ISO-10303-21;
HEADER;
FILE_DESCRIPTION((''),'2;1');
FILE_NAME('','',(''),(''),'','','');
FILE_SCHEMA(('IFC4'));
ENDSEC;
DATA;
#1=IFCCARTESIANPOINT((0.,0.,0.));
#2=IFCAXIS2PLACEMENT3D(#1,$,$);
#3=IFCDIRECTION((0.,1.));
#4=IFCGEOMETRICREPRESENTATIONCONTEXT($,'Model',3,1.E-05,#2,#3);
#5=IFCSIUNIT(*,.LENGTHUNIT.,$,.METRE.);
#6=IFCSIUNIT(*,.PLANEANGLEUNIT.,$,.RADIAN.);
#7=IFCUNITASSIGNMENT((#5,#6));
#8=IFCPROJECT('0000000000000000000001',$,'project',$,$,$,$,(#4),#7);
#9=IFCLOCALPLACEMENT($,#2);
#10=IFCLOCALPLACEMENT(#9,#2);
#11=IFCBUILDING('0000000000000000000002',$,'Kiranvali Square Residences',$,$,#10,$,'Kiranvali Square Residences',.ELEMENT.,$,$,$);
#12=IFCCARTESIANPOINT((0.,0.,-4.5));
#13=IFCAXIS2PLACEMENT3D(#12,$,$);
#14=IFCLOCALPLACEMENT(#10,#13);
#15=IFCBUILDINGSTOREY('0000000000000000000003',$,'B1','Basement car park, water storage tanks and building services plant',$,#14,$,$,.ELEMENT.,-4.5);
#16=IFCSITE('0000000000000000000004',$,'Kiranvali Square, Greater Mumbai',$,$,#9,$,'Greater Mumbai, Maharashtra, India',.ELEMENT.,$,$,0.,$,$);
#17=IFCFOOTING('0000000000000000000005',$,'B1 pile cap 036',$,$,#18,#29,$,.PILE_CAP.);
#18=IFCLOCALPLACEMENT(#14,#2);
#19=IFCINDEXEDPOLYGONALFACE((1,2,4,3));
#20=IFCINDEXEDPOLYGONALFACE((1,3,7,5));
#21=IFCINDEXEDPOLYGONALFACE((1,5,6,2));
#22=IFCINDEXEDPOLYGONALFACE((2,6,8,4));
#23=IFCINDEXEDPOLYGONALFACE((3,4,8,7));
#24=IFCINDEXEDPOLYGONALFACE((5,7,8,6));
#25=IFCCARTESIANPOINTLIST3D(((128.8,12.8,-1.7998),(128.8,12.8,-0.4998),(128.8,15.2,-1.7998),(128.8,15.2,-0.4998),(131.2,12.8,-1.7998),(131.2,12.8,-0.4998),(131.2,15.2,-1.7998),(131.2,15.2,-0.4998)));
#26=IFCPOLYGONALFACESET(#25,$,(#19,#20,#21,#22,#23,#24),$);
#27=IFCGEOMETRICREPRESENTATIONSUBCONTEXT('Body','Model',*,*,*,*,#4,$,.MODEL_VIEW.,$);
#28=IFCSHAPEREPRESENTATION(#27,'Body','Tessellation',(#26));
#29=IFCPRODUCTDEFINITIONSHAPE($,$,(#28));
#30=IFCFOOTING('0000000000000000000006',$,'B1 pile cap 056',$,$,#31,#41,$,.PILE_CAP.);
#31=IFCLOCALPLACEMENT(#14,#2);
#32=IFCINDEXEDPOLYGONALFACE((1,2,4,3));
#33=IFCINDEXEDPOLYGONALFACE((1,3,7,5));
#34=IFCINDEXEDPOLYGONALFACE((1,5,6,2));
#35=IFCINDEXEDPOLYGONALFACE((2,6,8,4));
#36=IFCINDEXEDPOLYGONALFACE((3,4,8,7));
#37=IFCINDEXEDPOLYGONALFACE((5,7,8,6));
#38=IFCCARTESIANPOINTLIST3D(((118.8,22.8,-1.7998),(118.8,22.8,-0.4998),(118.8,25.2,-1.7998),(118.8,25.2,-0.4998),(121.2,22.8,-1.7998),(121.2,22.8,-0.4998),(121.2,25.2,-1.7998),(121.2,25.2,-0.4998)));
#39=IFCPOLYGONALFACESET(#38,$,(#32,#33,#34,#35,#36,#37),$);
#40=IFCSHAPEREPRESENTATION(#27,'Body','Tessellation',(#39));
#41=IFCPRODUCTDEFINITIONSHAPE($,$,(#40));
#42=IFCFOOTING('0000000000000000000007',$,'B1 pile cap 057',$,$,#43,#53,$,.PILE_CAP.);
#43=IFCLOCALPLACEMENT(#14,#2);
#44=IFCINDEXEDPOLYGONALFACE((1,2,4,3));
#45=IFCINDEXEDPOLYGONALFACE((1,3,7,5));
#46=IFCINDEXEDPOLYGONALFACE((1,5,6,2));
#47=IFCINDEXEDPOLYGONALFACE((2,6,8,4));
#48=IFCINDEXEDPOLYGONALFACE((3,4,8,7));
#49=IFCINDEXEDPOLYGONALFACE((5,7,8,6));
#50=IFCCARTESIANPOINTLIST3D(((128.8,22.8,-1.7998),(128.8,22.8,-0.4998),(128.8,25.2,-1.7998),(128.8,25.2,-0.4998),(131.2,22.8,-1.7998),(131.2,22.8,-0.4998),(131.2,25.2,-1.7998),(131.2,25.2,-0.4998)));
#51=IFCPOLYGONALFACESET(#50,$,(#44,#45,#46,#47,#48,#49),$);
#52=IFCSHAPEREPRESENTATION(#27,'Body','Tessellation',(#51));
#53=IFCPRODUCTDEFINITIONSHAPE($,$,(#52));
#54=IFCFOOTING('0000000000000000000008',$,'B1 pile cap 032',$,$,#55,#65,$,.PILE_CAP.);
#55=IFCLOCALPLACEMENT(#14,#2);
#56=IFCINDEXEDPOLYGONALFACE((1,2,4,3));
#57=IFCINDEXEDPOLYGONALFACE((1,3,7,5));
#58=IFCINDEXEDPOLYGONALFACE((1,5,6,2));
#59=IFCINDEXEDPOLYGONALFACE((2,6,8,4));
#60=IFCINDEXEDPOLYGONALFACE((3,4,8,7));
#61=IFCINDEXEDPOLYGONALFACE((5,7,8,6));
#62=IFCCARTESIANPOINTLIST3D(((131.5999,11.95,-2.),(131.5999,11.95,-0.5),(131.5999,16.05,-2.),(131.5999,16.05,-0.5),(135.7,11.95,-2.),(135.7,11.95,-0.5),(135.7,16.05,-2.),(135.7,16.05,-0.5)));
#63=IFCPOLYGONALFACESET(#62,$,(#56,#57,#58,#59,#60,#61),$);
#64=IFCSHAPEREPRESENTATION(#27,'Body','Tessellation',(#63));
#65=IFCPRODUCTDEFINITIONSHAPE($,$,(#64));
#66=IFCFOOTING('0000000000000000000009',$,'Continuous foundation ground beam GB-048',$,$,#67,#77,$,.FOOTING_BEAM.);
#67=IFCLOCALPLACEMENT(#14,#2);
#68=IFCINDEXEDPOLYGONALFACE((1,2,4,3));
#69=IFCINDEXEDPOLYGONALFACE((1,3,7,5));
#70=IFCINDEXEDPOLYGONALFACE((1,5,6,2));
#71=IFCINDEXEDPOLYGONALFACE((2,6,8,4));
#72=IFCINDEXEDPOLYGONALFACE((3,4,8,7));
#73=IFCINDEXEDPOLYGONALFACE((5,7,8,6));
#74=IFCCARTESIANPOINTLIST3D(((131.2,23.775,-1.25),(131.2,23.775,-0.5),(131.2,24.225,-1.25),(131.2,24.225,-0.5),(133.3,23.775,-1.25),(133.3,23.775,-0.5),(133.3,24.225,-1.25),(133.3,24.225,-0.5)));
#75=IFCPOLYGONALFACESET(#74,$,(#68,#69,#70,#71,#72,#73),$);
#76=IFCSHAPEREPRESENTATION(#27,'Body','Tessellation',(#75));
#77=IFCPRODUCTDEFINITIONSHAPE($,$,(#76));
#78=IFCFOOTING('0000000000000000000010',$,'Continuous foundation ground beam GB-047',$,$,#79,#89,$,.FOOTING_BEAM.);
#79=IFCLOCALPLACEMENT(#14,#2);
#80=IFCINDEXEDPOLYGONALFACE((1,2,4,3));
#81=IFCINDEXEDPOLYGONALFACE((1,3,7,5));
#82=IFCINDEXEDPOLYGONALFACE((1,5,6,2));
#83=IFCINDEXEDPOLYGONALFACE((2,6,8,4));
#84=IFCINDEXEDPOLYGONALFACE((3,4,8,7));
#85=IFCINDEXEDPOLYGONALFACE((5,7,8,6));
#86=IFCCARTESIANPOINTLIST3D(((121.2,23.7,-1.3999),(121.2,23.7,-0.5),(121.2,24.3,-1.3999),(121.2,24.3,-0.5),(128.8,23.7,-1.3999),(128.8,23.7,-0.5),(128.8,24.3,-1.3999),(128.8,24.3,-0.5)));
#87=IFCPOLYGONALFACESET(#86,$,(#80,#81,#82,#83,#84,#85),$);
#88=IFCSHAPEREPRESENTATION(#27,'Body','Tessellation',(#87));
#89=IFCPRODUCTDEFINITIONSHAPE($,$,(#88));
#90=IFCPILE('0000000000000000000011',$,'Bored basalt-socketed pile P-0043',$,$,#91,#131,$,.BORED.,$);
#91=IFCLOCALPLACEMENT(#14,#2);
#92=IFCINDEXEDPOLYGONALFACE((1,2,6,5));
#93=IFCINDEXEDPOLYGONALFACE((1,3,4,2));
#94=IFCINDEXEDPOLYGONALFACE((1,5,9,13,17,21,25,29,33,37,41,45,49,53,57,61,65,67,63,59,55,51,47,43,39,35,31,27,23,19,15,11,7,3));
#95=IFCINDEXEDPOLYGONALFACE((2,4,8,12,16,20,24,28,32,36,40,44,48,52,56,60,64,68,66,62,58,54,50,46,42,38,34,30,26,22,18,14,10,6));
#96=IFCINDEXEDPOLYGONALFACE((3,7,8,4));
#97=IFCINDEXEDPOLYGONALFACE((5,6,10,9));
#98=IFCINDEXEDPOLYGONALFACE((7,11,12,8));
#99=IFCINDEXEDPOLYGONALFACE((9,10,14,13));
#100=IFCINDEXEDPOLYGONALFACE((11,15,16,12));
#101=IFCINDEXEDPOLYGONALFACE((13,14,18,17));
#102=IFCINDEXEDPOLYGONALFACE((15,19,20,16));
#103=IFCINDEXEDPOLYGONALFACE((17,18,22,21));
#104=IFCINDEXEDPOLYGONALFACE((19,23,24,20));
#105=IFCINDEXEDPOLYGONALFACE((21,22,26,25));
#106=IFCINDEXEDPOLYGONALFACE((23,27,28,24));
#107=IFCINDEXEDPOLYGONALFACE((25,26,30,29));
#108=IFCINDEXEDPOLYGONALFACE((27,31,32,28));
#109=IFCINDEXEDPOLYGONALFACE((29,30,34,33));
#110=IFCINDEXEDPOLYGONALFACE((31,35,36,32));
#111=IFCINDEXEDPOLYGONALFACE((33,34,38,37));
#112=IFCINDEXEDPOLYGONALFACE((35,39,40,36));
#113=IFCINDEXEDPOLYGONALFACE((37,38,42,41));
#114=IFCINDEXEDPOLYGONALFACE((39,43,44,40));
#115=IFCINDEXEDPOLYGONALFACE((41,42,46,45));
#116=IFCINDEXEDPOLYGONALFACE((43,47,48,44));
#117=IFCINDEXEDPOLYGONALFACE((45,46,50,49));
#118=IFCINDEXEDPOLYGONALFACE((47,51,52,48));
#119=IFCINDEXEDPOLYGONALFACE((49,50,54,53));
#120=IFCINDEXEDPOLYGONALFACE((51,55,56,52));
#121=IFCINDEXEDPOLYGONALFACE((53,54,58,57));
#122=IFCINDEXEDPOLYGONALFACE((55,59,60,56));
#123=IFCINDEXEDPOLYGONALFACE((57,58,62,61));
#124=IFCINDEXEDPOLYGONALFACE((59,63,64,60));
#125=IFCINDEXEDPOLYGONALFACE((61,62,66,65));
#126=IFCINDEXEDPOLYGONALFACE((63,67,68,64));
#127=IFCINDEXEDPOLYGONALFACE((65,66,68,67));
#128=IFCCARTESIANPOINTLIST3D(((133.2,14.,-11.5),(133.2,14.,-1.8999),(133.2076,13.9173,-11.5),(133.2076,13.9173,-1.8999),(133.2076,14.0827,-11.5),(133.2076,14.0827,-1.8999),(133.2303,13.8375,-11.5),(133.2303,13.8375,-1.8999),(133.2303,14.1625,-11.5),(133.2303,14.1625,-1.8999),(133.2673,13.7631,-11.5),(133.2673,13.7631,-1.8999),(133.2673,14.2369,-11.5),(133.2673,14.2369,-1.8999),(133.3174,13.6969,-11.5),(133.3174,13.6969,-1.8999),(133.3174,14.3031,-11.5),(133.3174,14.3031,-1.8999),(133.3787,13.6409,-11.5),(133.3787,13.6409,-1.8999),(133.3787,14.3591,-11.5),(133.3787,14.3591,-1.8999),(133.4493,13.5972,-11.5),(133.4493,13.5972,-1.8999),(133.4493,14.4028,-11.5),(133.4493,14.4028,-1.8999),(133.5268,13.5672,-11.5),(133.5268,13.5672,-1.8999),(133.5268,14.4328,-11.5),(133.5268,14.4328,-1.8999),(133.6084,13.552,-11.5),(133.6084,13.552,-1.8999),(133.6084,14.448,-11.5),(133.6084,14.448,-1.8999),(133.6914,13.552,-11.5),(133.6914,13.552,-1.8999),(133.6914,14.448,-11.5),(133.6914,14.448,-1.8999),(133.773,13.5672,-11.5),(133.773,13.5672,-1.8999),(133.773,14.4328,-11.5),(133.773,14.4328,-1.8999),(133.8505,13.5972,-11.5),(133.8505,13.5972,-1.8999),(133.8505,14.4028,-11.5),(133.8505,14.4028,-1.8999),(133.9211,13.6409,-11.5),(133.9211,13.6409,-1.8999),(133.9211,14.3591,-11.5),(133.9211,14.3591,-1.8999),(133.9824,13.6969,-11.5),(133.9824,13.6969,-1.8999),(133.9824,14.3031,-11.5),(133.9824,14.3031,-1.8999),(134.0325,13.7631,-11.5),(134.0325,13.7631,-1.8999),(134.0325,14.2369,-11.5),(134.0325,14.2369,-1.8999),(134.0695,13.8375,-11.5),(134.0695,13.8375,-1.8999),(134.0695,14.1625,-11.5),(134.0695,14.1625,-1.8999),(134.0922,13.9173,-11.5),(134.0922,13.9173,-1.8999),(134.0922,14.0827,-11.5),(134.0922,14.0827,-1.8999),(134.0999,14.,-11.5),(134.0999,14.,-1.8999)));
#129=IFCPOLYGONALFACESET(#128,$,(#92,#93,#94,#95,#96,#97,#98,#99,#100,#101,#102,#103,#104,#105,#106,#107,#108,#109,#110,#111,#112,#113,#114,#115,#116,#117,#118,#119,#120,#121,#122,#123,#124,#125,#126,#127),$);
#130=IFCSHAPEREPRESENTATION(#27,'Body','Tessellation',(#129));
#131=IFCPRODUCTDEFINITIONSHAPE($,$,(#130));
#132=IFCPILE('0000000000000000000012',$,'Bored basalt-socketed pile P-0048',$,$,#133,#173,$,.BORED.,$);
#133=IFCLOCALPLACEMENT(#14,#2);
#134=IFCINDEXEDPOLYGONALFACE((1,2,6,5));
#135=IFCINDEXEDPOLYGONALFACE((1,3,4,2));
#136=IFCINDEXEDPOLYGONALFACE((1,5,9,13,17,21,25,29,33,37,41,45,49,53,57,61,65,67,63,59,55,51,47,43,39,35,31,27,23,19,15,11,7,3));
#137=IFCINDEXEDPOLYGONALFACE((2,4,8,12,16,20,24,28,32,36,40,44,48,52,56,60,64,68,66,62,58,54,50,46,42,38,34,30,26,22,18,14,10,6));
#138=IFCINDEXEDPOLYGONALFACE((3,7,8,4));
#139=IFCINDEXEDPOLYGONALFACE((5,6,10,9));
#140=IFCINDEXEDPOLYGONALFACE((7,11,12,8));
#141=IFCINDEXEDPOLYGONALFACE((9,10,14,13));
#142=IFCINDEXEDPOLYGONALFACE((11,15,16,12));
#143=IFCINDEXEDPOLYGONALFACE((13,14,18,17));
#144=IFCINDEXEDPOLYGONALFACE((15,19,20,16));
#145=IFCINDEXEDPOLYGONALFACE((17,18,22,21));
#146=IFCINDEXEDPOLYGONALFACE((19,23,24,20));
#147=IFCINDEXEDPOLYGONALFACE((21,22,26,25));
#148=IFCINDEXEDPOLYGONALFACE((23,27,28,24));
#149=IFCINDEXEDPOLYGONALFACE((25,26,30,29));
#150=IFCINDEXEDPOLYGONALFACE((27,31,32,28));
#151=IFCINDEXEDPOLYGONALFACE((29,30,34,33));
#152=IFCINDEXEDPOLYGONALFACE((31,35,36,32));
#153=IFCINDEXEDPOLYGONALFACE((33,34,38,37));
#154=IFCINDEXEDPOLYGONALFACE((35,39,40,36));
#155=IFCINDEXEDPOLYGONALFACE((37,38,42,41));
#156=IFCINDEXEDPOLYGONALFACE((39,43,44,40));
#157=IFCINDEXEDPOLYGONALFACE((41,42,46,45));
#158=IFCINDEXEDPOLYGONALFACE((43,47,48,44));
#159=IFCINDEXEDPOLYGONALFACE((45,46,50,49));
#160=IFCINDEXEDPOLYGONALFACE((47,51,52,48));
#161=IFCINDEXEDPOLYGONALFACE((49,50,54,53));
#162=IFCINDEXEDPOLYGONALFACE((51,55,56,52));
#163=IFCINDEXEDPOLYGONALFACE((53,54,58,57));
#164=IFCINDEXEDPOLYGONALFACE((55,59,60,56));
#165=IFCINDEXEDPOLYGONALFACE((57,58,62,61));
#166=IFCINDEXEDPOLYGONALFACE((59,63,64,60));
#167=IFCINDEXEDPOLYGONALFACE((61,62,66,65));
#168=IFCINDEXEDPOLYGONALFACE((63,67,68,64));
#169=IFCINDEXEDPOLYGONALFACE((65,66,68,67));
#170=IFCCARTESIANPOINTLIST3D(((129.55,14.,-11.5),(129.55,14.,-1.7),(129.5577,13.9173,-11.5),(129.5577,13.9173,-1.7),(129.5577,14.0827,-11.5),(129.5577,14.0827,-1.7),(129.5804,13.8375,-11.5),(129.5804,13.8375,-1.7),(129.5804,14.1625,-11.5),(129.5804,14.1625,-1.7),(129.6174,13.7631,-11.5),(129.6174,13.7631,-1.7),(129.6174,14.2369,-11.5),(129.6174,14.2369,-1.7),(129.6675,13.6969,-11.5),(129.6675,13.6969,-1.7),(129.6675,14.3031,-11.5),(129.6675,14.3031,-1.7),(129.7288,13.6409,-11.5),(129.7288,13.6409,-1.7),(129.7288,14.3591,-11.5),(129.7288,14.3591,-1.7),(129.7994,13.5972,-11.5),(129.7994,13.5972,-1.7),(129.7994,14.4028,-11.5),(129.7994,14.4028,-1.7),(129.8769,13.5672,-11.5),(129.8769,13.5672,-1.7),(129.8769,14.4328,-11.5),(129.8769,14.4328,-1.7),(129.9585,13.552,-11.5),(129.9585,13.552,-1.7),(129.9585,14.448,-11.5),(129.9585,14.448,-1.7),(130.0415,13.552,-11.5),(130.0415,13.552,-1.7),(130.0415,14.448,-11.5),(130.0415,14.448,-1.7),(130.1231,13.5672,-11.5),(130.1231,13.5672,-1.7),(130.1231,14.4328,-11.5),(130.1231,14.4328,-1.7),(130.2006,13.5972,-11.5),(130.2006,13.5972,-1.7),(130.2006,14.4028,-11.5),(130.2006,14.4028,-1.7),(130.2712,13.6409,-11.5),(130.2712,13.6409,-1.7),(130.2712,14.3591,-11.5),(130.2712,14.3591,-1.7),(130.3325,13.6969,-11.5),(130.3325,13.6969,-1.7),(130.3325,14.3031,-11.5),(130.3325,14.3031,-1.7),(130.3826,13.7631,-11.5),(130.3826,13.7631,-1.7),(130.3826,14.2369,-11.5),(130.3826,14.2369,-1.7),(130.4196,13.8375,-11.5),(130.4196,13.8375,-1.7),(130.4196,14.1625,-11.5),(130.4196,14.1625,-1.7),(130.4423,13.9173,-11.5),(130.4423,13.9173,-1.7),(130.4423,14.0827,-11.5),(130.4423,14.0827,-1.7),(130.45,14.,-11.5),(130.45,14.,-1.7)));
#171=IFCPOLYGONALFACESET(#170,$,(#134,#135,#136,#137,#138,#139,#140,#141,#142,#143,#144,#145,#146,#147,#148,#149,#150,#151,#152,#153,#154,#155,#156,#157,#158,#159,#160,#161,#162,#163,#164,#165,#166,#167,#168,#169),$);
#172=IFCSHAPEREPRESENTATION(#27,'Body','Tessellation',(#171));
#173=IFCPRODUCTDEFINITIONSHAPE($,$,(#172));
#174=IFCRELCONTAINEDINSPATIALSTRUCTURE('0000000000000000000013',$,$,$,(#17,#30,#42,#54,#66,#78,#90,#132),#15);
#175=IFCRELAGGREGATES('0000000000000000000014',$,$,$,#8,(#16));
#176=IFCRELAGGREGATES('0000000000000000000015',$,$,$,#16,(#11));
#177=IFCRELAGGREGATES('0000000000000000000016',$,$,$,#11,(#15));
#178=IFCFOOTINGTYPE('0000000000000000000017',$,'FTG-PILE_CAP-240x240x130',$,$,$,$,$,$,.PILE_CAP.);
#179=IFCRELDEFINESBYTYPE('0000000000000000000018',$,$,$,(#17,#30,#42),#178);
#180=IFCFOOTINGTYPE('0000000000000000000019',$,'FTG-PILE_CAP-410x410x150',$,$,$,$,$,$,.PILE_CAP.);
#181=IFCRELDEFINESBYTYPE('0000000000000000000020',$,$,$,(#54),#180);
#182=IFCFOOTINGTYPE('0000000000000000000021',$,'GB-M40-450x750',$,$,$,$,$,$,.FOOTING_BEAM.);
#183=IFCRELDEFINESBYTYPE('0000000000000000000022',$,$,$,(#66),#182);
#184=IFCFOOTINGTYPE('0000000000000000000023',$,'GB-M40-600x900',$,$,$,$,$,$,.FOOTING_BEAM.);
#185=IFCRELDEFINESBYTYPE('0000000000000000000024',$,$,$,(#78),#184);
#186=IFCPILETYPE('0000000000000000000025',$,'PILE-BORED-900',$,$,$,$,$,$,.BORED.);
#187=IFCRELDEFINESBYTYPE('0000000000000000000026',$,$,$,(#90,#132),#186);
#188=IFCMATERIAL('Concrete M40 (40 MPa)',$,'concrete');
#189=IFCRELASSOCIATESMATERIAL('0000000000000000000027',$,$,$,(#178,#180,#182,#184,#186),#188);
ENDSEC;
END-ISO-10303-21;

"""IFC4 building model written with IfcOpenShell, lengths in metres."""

from ifc_helpers import new_model, si_unit, direction, frame, origin, origin_2d, place, context, subcontext, project, spatial, rectangle, circle, extrude, material, material_profile, profile_set, type_object, element, save


model = new_model("IFC4")

# Units and contexts
model_context = context("Model", 3, precision=1e-05, world=origin(), true_north=direction((0.0, 1.0)))
body_context = subcontext(model_context, "Body", "Model", "MODEL_VIEW")
ifc_project = project(units=[si_unit("LENGTHUNIT", "METRE"), si_unit("PLANEANGLEUNIT", "RADIAN")], contexts=[model_context])

# Site, building, storey
site_placement = place(None, origin())
site = spatial("IfcSite", under=ifc_project, at=site_placement, Name="Kiranvali Square, Greater Mumbai", LongName="Greater Mumbai, Maharashtra, India", CompositionType="ELEMENT", RefElevation=0.0)
building_placement = place(site_placement, origin())
building = spatial("IfcBuilding", under=site, at=building_placement, Name="Kiranvali Square Residences", LongName="Kiranvali Square Residences", CompositionType="ELEMENT")
storey_placement = place(building_placement, frame((0.0, 0.0, -4.5)))
storey = spatial("IfcBuildingStorey", under=building, at=storey_placement, Name="B1", Description="Basement car park, water storage tanks and building services plant", CompositionType="ELEMENT", Elevation=-4.5)

# Footings
ifc_material_1 = material(Name="Concrete M40 (40 MPa)", Category="concrete")
footing_type_1 = type_object("IfcFootingType", Name="FTG-PILE_CAP-240x240x130", PredefinedType="PILE_CAP", material=ifc_material_1)
for number, where, z_axis, x_axis, name in (
    (1, (130.0, 14.0, -1.7998), (0.0, 0.0, 1.0), (1.0, 0.0, 0.0), "B1 pile cap 036"),
    (2, (120.0, 24.0, -1.7998), (0.0, 0.0, 1.0), (1.0, 0.0, 0.0), "B1 pile cap 056"),
    (3, (130.0, 24.0, -1.7998), (0.0, 0.0, 1.0), (1.0, 0.0, 0.0), "B1 pile cap 057"),
):
    element("IfcFooting", number, at=place(storey_placement, frame(where, z_axis=z_axis, x_axis=x_axis)), inside=storey, type_object=footing_type_1, Name=name, PredefinedType="PILE_CAP", context=body_context, shape_type="SweptSolid", body=[
        extrude(rectangle(XDim=2.3999, YDim=2.3999, at=origin_2d()), origin(), (0.0, 0.0, 1.0), 1.3),
    ])
footing_type_2 = type_object("IfcFootingType", Name="FTG-PILE_CAP-410x410x150", PredefinedType="PILE_CAP", material=ifc_material_1)
footing_1_placement = place(storey_placement, frame((133.6499, 14.0, -2.0), z_axis=(0.0, 0.0, 1.0), x_axis=(1.0, 0.0, 0.0)))
element("IfcFooting", 4, at=footing_1_placement, inside=storey, type_object=footing_type_2, Name="B1 pile cap 032", PredefinedType="PILE_CAP", context=body_context, shape_type="SweptSolid", body=[
    extrude(rectangle(XDim=4.1001, YDim=4.1001, at=origin_2d()), origin(), (0.0, 0.0, 1.0), 1.5),
])
ifc_material_profile_1 = material_profile(ifc_material_1, rectangle(XDim=0.45, YDim=0.75, at=origin_2d()), Name="GB 450x750")
ifc_profile_set_1 = profile_set([ifc_material_profile_1], Name="Concrete M40 (40 MPa)")
footing_type_3 = type_object("IfcFootingType", Name="GB-M40-450x750", PredefinedType="FOOTING_BEAM", material=ifc_profile_set_1)
footing_2_placement = place(storey_placement, frame((131.2, 24.0, -0.875), z_axis=(1.0, 0.0, 0.0), x_axis=(0.0, 1.0, 0.0)))
element("IfcFooting", 5, at=footing_2_placement, inside=storey, type_object=footing_type_3, Name="Continuous foundation ground beam GB-048", PredefinedType="FOOTING_BEAM", context=body_context, shape_type="SweptSolid", body=[
    extrude(rectangle(XDim=0.45, YDim=0.75, at=origin_2d()), origin(), (0.0, 0.0, 1.0), 2.1001),
])
ifc_material_profile_2 = material_profile(ifc_material_1, rectangle(XDim=0.6001, YDim=0.8999, at=origin_2d()), Name="GB 600x900")
ifc_profile_set_2 = profile_set([ifc_material_profile_2], Name="Concrete M40 (40 MPa)")
footing_type_4 = type_object("IfcFootingType", Name="GB-M40-600x900", PredefinedType="FOOTING_BEAM", material=ifc_profile_set_2)
footing_3_placement = place(storey_placement, frame((121.2, 24.0, -0.95), z_axis=(1.0, 0.0, 0.0), x_axis=(0.0, 1.0, 0.0)))
element("IfcFooting", 6, at=footing_3_placement, inside=storey, type_object=footing_type_4, Name="Continuous foundation ground beam GB-047", PredefinedType="FOOTING_BEAM", context=body_context, shape_type="SweptSolid", body=[
    extrude(rectangle(XDim=0.6001, YDim=0.8999, at=origin_2d()), origin(), (0.0, 0.0, 1.0), 7.6001),
])

# Piles
ifc_material_profile_3 = material_profile(ifc_material_1, circle(Radius=0.45, at=origin_2d()), Name="BORED PILE 900")
ifc_profile_set_3 = profile_set([ifc_material_profile_3], Name="Concrete M40 (40 MPa)")
pile_type = type_object("IfcPileType", Name="PILE-BORED-900", PredefinedType="BORED", material=ifc_profile_set_3)
pile_placement = place(storey_placement, frame((133.6499, 14.0, -1.8999), z_axis=(0.0, 0.0, -1.0), x_axis=(1.0, 0.0, 0.0)))
element("IfcPile", 7, at=pile_placement, inside=storey, type_object=pile_type, Name="Bored basalt-socketed pile P-0043", PredefinedType="BORED", context=body_context, shape_type="SweptSolid", body=[
    extrude(circle(Radius=0.45, at=origin_2d()), origin(), (0.0, 0.0, 1.0), 9.6001),
])
for number, where, z_axis, x_axis, name in (
    (8, (130.0, 14.0, -1.7), (0.0, 0.0, -1.0), (1.0, 0.0, 0.0), "Bored basalt-socketed pile P-0048"),
):
    element("IfcPile", number, at=place(storey_placement, frame(where, z_axis=z_axis, x_axis=x_axis)), inside=storey, type_object=pile_type, Name=name, PredefinedType="BORED", context=body_context, shape_type="SweptSolid", body=[
        extrude(circle(Radius=0.45, at=origin_2d()), origin(), (0.0, 0.0, 1.0), 9.8),
    ])

save(model, "model.ifc")
